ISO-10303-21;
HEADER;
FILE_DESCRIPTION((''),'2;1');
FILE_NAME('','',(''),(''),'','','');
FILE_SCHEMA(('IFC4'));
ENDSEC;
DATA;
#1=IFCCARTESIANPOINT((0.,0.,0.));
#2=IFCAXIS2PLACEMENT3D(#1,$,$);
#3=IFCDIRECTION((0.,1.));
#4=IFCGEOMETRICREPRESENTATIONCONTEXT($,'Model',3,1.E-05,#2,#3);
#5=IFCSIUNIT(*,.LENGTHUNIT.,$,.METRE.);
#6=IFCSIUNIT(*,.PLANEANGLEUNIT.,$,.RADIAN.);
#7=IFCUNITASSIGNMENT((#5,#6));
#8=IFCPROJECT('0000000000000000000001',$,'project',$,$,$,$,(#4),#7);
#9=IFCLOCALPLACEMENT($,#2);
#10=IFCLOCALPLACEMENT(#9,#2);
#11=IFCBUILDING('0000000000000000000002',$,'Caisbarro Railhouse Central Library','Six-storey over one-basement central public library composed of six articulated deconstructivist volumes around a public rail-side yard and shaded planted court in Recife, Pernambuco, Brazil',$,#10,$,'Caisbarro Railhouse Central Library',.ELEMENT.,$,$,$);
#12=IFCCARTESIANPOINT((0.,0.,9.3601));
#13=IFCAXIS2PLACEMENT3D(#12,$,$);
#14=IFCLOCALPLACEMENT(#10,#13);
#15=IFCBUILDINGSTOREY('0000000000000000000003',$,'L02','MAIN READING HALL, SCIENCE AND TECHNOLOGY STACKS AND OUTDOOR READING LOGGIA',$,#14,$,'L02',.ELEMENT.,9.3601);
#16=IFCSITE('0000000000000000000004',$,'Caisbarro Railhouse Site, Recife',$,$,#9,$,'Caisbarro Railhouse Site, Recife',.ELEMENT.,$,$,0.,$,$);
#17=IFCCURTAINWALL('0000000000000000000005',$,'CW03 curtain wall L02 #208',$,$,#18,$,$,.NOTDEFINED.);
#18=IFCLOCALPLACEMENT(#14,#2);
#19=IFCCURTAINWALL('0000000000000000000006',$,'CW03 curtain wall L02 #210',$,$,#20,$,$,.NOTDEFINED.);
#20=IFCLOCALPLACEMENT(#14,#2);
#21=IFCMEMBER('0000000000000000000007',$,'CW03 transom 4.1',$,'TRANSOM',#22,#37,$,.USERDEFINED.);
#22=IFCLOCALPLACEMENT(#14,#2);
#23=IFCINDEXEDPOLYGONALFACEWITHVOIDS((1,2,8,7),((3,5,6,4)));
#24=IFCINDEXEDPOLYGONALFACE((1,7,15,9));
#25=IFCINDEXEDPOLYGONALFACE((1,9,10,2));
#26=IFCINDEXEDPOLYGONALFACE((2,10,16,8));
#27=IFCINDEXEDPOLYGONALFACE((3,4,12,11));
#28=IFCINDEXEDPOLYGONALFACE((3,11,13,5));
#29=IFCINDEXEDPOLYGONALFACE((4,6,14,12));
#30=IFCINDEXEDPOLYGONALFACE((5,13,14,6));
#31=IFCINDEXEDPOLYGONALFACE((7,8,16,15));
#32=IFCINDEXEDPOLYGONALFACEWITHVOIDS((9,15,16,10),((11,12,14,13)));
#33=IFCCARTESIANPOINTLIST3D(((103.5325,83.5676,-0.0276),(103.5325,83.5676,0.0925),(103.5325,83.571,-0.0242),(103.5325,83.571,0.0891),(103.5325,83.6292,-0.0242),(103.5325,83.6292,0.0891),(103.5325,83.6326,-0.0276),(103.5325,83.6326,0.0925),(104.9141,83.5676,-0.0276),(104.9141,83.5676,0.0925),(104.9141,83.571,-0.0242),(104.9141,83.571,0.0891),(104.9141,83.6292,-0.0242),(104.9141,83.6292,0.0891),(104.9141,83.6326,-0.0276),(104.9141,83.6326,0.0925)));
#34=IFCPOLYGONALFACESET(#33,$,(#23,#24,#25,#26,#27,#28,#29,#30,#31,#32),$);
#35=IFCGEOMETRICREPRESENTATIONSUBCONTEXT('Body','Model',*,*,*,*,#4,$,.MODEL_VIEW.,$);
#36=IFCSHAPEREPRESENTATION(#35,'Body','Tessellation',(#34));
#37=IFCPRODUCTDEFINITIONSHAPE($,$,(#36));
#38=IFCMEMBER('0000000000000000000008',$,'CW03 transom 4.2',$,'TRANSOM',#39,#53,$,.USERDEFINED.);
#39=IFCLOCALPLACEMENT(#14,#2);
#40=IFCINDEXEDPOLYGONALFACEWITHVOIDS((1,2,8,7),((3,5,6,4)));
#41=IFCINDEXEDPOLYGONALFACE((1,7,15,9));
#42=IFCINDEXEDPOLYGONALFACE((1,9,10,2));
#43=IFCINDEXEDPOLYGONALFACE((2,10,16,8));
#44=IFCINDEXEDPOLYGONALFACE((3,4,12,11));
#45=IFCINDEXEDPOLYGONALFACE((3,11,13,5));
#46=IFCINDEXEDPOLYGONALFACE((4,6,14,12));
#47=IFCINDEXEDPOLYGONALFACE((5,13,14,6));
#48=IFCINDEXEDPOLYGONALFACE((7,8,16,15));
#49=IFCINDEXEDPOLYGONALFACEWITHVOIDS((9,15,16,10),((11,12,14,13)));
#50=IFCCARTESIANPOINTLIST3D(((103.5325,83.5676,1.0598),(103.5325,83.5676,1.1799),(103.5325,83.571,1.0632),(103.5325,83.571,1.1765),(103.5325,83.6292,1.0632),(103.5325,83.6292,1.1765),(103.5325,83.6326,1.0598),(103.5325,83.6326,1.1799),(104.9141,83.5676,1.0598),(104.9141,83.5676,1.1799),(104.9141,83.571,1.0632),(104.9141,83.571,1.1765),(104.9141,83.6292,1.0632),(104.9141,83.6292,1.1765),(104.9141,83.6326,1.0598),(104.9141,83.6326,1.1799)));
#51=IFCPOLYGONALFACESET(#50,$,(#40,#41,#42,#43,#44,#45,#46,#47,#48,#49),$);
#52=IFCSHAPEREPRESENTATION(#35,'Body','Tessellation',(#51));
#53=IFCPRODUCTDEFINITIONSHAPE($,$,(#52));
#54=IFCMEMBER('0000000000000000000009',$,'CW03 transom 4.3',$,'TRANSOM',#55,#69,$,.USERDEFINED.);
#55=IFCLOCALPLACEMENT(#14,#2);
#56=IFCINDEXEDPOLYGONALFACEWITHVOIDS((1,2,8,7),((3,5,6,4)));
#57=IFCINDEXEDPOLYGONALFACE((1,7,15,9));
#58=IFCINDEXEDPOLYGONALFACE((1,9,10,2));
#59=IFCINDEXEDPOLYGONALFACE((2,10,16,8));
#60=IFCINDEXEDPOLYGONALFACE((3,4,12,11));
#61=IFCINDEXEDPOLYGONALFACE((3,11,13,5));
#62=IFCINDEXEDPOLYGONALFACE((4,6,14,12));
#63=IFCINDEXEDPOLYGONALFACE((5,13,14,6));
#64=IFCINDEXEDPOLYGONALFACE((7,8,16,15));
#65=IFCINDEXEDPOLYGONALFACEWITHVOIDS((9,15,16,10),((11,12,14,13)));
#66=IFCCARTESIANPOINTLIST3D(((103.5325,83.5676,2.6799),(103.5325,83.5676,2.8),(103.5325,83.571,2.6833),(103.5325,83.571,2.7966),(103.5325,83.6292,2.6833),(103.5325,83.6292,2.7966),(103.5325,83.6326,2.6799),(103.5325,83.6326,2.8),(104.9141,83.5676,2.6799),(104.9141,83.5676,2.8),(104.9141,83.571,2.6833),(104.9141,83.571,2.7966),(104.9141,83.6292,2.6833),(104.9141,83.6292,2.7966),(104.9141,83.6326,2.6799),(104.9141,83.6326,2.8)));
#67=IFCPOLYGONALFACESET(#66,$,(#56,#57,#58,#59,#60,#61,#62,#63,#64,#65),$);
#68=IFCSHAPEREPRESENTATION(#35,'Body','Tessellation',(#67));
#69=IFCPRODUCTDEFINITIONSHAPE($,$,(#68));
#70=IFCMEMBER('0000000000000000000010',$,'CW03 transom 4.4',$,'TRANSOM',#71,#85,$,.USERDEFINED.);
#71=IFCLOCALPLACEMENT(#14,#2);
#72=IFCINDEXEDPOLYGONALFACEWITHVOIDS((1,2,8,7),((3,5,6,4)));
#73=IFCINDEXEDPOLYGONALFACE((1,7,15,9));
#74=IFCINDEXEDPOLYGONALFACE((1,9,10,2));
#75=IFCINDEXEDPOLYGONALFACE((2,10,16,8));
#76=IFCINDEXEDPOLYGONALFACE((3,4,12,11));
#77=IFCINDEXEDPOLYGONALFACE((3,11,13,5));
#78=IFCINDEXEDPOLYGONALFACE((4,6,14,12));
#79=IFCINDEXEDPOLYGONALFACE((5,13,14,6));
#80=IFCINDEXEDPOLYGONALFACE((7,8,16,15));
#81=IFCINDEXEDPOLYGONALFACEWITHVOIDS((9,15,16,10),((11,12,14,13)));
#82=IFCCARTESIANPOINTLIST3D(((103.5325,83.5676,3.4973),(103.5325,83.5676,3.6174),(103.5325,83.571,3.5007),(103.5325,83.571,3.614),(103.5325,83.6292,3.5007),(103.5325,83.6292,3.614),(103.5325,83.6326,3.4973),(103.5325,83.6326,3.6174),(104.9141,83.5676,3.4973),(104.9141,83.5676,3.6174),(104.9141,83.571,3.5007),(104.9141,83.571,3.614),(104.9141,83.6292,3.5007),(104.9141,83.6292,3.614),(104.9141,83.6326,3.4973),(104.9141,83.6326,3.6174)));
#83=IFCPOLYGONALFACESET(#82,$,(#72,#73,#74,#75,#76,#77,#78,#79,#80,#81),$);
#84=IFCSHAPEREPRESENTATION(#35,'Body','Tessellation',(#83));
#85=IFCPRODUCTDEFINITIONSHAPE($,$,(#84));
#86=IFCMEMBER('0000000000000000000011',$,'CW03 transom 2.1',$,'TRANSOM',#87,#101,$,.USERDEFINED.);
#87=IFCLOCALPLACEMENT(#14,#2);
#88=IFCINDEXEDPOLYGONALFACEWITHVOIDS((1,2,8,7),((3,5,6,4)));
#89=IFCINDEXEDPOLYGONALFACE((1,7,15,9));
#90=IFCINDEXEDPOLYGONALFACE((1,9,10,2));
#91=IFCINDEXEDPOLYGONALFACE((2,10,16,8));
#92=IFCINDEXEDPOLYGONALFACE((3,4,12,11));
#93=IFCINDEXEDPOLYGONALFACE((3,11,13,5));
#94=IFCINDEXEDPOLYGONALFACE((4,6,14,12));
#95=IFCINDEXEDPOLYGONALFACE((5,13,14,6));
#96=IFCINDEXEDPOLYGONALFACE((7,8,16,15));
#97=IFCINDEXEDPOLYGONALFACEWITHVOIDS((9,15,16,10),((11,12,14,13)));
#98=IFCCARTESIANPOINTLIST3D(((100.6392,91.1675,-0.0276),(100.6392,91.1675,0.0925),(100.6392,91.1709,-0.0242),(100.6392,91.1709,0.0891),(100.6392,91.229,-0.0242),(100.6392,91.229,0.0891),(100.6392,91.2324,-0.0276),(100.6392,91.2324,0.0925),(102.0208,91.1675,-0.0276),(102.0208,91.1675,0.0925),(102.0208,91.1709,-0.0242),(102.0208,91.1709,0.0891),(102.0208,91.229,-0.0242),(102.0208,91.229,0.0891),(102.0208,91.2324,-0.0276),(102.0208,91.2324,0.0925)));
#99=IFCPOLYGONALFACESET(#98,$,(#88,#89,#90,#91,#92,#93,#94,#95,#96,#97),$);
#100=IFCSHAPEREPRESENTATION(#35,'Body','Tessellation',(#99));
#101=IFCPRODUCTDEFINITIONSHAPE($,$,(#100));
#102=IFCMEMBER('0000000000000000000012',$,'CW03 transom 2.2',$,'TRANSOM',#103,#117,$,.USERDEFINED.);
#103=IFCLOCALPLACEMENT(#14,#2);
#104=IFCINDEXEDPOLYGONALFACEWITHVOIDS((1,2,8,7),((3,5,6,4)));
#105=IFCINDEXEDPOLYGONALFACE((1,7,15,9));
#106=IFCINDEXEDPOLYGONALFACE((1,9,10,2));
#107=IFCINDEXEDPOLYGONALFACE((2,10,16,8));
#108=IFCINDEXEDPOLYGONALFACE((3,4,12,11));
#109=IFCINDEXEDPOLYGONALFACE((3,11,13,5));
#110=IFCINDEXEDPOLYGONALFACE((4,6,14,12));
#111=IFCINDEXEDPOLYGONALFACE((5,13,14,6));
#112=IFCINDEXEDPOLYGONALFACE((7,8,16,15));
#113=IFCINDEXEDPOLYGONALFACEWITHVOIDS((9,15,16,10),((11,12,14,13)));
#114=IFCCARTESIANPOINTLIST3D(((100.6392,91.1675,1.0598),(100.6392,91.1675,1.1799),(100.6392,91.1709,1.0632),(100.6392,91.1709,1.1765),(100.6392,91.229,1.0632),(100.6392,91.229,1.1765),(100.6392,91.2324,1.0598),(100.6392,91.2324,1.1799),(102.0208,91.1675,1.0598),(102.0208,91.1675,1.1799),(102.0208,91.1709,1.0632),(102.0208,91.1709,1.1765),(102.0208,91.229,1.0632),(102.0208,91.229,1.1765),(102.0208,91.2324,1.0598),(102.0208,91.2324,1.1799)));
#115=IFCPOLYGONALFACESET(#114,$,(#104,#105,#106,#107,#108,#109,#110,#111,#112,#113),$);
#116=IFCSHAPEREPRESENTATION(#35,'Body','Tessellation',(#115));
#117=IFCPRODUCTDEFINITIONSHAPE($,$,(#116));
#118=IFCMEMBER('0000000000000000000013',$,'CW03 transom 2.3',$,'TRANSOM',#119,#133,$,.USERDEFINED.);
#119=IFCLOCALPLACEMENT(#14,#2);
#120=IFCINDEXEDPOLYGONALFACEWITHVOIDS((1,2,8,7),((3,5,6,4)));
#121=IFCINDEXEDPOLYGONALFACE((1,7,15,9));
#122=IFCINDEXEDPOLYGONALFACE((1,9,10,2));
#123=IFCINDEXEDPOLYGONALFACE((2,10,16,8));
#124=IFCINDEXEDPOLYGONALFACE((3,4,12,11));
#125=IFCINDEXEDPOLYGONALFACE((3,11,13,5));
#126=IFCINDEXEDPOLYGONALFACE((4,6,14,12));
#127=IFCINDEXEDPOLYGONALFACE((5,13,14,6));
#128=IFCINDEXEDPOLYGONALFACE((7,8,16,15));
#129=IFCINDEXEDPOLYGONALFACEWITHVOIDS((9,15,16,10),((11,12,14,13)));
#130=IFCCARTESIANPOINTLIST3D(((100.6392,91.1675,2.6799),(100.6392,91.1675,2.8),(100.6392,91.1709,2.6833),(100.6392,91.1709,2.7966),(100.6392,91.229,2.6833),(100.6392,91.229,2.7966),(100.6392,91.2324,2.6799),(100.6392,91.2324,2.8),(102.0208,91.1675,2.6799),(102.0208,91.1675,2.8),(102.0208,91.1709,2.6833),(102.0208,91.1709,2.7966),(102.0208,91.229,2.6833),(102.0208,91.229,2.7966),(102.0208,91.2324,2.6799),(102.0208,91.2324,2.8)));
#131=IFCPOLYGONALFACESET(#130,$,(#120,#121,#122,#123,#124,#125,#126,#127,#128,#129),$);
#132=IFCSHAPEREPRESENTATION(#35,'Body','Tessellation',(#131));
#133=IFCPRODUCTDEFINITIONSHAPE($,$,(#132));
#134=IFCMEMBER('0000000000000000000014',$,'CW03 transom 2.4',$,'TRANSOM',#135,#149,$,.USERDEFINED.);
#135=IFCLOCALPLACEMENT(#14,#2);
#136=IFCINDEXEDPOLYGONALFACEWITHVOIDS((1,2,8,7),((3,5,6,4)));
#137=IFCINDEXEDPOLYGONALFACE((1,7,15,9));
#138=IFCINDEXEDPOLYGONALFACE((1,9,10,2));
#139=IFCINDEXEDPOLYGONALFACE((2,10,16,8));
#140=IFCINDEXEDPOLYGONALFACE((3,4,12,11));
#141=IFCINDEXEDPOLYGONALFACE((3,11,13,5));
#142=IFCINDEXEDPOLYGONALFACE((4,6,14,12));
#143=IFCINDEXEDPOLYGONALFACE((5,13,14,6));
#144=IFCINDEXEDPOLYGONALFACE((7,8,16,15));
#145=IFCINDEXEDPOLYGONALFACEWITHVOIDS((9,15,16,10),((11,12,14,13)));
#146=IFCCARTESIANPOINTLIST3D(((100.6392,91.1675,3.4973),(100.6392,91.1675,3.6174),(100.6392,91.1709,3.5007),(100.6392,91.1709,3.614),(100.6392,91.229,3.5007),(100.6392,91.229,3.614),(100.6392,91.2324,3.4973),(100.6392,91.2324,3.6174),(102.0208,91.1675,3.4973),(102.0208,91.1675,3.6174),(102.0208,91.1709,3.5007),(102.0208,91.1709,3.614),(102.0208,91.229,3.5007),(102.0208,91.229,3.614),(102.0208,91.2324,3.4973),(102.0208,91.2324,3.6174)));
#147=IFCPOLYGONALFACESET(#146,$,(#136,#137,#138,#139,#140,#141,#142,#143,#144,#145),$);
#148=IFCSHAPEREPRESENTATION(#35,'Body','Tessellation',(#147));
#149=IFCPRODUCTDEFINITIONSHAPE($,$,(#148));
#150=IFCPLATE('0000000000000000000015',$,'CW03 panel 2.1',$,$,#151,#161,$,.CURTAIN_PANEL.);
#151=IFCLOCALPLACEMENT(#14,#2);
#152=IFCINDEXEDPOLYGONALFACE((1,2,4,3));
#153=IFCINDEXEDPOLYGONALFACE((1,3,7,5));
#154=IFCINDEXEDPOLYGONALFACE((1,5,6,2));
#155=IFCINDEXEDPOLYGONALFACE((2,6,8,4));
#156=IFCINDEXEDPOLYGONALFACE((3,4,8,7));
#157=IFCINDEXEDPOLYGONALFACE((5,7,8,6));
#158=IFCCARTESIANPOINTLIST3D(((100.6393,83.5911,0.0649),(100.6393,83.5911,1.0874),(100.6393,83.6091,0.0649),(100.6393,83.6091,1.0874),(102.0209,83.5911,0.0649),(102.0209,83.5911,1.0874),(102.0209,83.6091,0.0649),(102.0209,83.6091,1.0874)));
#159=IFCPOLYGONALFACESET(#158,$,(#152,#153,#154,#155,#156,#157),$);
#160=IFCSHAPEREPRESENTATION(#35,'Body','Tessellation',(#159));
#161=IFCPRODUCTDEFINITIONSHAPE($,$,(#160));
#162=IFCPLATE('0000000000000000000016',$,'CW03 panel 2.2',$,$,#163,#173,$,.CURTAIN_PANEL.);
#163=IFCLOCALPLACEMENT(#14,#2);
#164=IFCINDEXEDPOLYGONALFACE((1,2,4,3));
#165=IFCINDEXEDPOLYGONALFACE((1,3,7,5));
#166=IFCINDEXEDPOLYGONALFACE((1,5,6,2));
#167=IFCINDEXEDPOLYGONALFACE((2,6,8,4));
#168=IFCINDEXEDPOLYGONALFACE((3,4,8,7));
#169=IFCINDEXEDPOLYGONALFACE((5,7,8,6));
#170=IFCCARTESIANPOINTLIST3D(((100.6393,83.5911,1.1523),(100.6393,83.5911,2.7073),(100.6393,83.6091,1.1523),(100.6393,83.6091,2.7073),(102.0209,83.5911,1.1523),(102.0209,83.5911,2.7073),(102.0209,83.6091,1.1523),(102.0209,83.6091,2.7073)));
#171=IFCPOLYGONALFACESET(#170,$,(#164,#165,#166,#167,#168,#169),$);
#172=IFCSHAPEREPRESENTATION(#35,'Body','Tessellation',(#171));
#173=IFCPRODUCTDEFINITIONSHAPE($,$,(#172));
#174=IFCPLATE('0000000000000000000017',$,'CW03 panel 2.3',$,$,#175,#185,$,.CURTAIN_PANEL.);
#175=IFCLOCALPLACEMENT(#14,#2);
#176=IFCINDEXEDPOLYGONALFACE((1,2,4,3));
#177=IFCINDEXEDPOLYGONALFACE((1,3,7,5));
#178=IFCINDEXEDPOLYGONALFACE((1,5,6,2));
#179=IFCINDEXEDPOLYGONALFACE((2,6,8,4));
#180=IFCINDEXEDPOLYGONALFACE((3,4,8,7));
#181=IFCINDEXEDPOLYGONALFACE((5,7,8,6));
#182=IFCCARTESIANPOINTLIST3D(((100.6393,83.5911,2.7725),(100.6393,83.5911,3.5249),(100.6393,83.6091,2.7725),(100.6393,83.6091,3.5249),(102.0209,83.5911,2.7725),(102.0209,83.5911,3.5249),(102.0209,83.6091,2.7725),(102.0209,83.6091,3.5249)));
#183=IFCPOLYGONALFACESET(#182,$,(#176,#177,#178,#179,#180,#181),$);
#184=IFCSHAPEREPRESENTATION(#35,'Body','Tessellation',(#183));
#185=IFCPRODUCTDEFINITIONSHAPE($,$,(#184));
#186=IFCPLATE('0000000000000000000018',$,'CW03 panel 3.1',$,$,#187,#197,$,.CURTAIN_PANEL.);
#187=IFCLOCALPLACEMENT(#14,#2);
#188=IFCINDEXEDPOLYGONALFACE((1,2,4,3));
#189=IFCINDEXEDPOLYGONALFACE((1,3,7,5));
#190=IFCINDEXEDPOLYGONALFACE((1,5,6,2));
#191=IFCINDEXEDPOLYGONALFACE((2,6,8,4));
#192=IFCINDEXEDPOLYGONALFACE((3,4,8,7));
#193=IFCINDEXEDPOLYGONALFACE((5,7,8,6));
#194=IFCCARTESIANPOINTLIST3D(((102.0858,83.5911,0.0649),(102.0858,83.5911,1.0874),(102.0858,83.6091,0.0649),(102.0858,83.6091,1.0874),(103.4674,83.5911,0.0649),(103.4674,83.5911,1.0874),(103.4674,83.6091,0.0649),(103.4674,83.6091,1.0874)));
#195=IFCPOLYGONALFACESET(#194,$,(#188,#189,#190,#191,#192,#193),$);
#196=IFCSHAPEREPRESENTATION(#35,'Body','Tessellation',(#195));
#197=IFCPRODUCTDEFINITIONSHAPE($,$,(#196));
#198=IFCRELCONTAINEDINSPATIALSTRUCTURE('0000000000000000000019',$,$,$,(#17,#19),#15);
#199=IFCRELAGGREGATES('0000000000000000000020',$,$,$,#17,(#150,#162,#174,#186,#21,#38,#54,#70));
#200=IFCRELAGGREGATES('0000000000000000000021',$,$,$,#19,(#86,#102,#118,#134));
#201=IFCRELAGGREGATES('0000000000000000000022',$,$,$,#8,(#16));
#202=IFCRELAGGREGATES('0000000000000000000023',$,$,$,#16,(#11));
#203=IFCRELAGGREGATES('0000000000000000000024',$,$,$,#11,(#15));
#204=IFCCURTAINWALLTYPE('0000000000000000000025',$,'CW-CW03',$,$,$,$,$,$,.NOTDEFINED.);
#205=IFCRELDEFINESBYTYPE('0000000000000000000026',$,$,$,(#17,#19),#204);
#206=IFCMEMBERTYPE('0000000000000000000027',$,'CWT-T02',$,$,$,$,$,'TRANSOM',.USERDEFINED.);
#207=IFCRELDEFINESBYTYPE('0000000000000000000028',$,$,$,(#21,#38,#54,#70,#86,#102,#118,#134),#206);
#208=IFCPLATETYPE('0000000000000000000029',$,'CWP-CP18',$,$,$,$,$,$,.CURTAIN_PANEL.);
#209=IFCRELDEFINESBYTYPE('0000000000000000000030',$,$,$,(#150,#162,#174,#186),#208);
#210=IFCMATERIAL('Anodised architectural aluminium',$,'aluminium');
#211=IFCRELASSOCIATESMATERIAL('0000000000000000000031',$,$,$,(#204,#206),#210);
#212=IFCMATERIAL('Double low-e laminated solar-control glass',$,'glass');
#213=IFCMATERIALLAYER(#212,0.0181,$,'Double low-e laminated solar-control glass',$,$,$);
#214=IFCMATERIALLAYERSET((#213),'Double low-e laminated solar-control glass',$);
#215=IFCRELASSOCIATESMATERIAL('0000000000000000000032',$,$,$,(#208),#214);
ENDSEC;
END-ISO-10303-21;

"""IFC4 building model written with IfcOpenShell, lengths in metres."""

from ifc_helpers import new_model, si_unit, direction, frame, origin, origin_2d, place, context, subcontext, project, spatial, rectangle, hollow_rectangle, extrude, material, layer, layer_set, material_profile, profile_set, type_object, element, aggregate, save


model = new_model("IFC4")

# Units and contexts
model_context = context("Model", 3, precision=1e-05, world=origin(), true_north=direction((0.0, 1.0)))
body_context = subcontext(model_context, "Body", "Model", "MODEL_VIEW")
ifc_project = project(units=[si_unit("LENGTHUNIT", "METRE"), si_unit("PLANEANGLEUNIT", "RADIAN")], contexts=[model_context])

# Site, building, storey
site_placement = place(None, origin())
site = spatial("IfcSite", under=ifc_project, at=site_placement, Name="Caisbarro Railhouse Site, Recife", LongName="Caisbarro Railhouse Site, Recife", CompositionType="ELEMENT", RefElevation=0.0)
building_placement = place(site_placement, origin())
building = spatial("IfcBuilding", under=site, at=building_placement, Name="Caisbarro Railhouse Central Library", Description="Six-storey over one-basement central public library composed of six articulated deconstructivist volumes around a public rail-side yard and shaded planted court in Recife, Pernambuco, Brazil", LongName="Caisbarro Railhouse Central Library", CompositionType="ELEMENT")
storey_placement = place(building_placement, frame((0.0, 0.0, 9.3601)))
storey = spatial("IfcBuildingStorey", under=building, at=storey_placement, Name="L02", Description="MAIN READING HALL, SCIENCE AND TECHNOLOGY STACKS AND OUTDOOR READING LOGGIA", LongName="L02", CompositionType="ELEMENT", Elevation=9.3601)

# Curtain wall
ifc_material_1 = material(Name="Anodised architectural aluminium", Category="aluminium")
curtain_wall_type = type_object("IfcCurtainWallType", Name="CW-CW03", PredefinedType="NOTDEFINED", material=ifc_material_1)
curtain_wall_1_placement = place(storey_placement, origin())
curtain_wall_1 = element("IfcCurtainWall", 1, at=curtain_wall_1_placement, inside=storey, type_object=curtain_wall_type, Name="CW03 curtain wall L02 #208", PredefinedType="NOTDEFINED")

# Curtain wall
curtain_wall_2_placement = place(storey_placement, origin())
curtain_wall_2 = element("IfcCurtainWall", 2, at=curtain_wall_2_placement, inside=storey, type_object=curtain_wall_type, Name="CW03 curtain wall L02 #210", PredefinedType="NOTDEFINED")

# Members
ifc_material_profile_1 = material_profile(ifc_material_1, hollow_rectangle(XDim=0.0649, YDim=0.1201, WallThickness=0.0034, at=origin_2d()), Name="ALU-TRN-65X120")
ifc_profile_set_1 = profile_set([ifc_material_profile_1], Name="Anodised architectural aluminium")
member_type_1 = type_object("IfcMemberType", Name="CWT-T02", ElementType="TRANSOM", PredefinedType="USERDEFINED", material=ifc_profile_set_1)
member_1_placement = place(storey_placement, frame((103.5325, 83.6001, 0.0325), z_axis=(1.0, 0.0, 0.0), x_axis=(0.0, 1.0, 0.0)))
member_1 = element("IfcMember", 3, at=member_1_placement, type_object=member_type_1, Name="CW03 transom 4.1", ObjectType="TRANSOM", PredefinedType="USERDEFINED", context=body_context, shape_type="SweptSolid", body=[
    extrude(hollow_rectangle(XDim=0.0649, YDim=0.1201, WallThickness=0.0034, at=origin_2d()), origin(), (0.0, 0.0, 1.0), 1.3816),
])
member_2_placement = place(storey_placement, frame((103.5325, 83.6001, 1.1199), z_axis=(1.0, 0.0, 0.0), x_axis=(0.0, 1.0, 0.0)))
member_2 = element("IfcMember", 4, at=member_2_placement, type_object=member_type_1, Name="CW03 transom 4.2", ObjectType="TRANSOM", PredefinedType="USERDEFINED", context=body_context, shape_type="SweptSolid", body=[
    extrude(hollow_rectangle(XDim=0.0649, YDim=0.1201, WallThickness=0.0034, at=origin_2d()), origin(), (0.0, 0.0, 1.0), 1.3816),
])
member_3_placement = place(storey_placement, frame((103.5325, 83.6001, 2.74), z_axis=(1.0, 0.0, 0.0), x_axis=(0.0, 1.0, 0.0)))
member_3 = element("IfcMember", 5, at=member_3_placement, type_object=member_type_1, Name="CW03 transom 4.3", ObjectType="TRANSOM", PredefinedType="USERDEFINED", context=body_context, shape_type="SweptSolid", body=[
    extrude(hollow_rectangle(XDim=0.0649, YDim=0.1201, WallThickness=0.0034, at=origin_2d()), origin(), (0.0, 0.0, 1.0), 1.3816),
])
member_4_placement = place(storey_placement, frame((103.5325, 83.6001, 3.5574), z_axis=(1.0, 0.0, 0.0), x_axis=(0.0, 1.0, 0.0)))
member_4 = element("IfcMember", 6, at=member_4_placement, type_object=member_type_1, Name="CW03 transom 4.4", ObjectType="TRANSOM", PredefinedType="USERDEFINED", context=body_context, shape_type="SweptSolid", body=[
    extrude(hollow_rectangle(XDim=0.0649, YDim=0.1201, WallThickness=0.0034, at=origin_2d()), origin(), (0.0, 0.0, 1.0), 1.3816),
])
member_5_placement = place(storey_placement, frame((100.6392, 91.2, 0.0325), z_axis=(1.0, 0.0, 0.0), x_axis=(0.0, 1.0, 0.0)))
member_5 = element("IfcMember", 7, at=member_5_placement, type_object=member_type_1, Name="CW03 transom 2.1", ObjectType="TRANSOM", PredefinedType="USERDEFINED", context=body_context, shape_type="SweptSolid", body=[
    extrude(hollow_rectangle(XDim=0.0649, YDim=0.1201, WallThickness=0.0034, at=origin_2d()), origin(), (0.0, 0.0, 1.0), 1.3816),
])
member_6_placement = place(storey_placement, frame((100.6392, 91.2, 1.1199), z_axis=(1.0, 0.0, 0.0), x_axis=(0.0, 1.0, 0.0)))
member_6 = element("IfcMember", 8, at=member_6_placement, type_object=member_type_1, Name="CW03 transom 2.2", ObjectType="TRANSOM", PredefinedType="USERDEFINED", context=body_context, shape_type="SweptSolid", body=[
    extrude(hollow_rectangle(XDim=0.0649, YDim=0.1201, WallThickness=0.0034, at=origin_2d()), origin(), (0.0, 0.0, 1.0), 1.3816),
])
member_7_placement = place(storey_placement, frame((100.6392, 91.2, 2.74), z_axis=(1.0, 0.0, 0.0), x_axis=(0.0, 1.0, 0.0)))
member_7 = element("IfcMember", 9, at=member_7_placement, type_object=member_type_1, Name="CW03 transom 2.3", ObjectType="TRANSOM", PredefinedType="USERDEFINED", context=body_context, shape_type="SweptSolid", body=[
    extrude(hollow_rectangle(XDim=0.0649, YDim=0.1201, WallThickness=0.0034, at=origin_2d()), origin(), (0.0, 0.0, 1.0), 1.3816),
])
member_8_placement = place(storey_placement, frame((100.6392, 91.2, 3.5574), z_axis=(1.0, 0.0, 0.0), x_axis=(0.0, 1.0, 0.0)))
member_8 = element("IfcMember", 10, at=member_8_placement, type_object=member_type_1, Name="CW03 transom 2.4", ObjectType="TRANSOM", PredefinedType="USERDEFINED", context=body_context, shape_type="SweptSolid", body=[
    extrude(hollow_rectangle(XDim=0.0649, YDim=0.1201, WallThickness=0.0034, at=origin_2d()), origin(), (0.0, 0.0, 1.0), 1.3816),
])

# Plates
ifc_material_2 = material(Name="Double low-e laminated solar-control glass", Category="glass")
ifc_layer = layer(ifc_material_2, 0.0181, Name="Double low-e laminated solar-control glass")
ifc_layer_set = layer_set([ifc_layer], Name="Double low-e laminated solar-control glass")
plate_type = type_object("IfcPlateType", Name="CWP-CP18", PredefinedType="CURTAIN_PANEL", material=ifc_layer_set)
plate_1_placement = place(storey_placement, frame((101.3301, 83.6001, 0.0649), z_axis=(0.0, 0.0, 1.0), x_axis=(1.0, 0.0, 0.0)))
plate_1 = element("IfcPlate", 11, at=plate_1_placement, type_object=plate_type, Name="CW03 panel 2.1", PredefinedType="CURTAIN_PANEL", context=body_context, shape_type="SweptSolid", body=[
    extrude(rectangle(XDim=1.3816, YDim=0.0181, at=origin_2d()), origin(), (0.0, 0.0, 1.0), 1.0225),
])
plate_2_placement = place(storey_placement, frame((101.3301, 83.6001, 1.1523), z_axis=(0.0, 0.0, 1.0), x_axis=(1.0, 0.0, 0.0)))
plate_2 = element("IfcPlate", 12, at=plate_2_placement, type_object=plate_type, Name="CW03 panel 2.2", PredefinedType="CURTAIN_PANEL", context=body_context, shape_type="SweptSolid", body=[
    extrude(rectangle(XDim=1.3816, YDim=0.0181, at=origin_2d()), origin(), (0.0, 0.0, 1.0), 1.5549),
])
plate_3_placement = place(storey_placement, frame((101.3301, 83.6001, 2.7725), z_axis=(0.0, 0.0, 1.0), x_axis=(1.0, 0.0, 0.0)))
plate_3 = element("IfcPlate", 13, at=plate_3_placement, type_object=plate_type, Name="CW03 panel 2.3", PredefinedType="CURTAIN_PANEL", context=body_context, shape_type="SweptSolid", body=[
    extrude(rectangle(XDim=1.3816, YDim=0.0181, at=origin_2d()), origin(), (0.0, 0.0, 1.0), 0.7524),
])
plate_4_placement = place(storey_placement, frame((102.7766, 83.6001, 0.0649), z_axis=(0.0, 0.0, 1.0), x_axis=(1.0, 0.0, 0.0)))
plate_4 = element("IfcPlate", 14, at=plate_4_placement, type_object=plate_type, Name="CW03 panel 3.1", PredefinedType="CURTAIN_PANEL", context=body_context, shape_type="SweptSolid", body=[
    extrude(rectangle(XDim=1.3816, YDim=0.0181, at=origin_2d()), origin(), (0.0, 0.0, 1.0), 1.0225),
])
aggregate(curtain_wall_1, [plate_1, plate_2, plate_3, plate_4, member_1, member_2, member_3, member_4])
aggregate(curtain_wall_2, [member_5, member_6, member_7, member_8])

save(model, "model.ifc")
